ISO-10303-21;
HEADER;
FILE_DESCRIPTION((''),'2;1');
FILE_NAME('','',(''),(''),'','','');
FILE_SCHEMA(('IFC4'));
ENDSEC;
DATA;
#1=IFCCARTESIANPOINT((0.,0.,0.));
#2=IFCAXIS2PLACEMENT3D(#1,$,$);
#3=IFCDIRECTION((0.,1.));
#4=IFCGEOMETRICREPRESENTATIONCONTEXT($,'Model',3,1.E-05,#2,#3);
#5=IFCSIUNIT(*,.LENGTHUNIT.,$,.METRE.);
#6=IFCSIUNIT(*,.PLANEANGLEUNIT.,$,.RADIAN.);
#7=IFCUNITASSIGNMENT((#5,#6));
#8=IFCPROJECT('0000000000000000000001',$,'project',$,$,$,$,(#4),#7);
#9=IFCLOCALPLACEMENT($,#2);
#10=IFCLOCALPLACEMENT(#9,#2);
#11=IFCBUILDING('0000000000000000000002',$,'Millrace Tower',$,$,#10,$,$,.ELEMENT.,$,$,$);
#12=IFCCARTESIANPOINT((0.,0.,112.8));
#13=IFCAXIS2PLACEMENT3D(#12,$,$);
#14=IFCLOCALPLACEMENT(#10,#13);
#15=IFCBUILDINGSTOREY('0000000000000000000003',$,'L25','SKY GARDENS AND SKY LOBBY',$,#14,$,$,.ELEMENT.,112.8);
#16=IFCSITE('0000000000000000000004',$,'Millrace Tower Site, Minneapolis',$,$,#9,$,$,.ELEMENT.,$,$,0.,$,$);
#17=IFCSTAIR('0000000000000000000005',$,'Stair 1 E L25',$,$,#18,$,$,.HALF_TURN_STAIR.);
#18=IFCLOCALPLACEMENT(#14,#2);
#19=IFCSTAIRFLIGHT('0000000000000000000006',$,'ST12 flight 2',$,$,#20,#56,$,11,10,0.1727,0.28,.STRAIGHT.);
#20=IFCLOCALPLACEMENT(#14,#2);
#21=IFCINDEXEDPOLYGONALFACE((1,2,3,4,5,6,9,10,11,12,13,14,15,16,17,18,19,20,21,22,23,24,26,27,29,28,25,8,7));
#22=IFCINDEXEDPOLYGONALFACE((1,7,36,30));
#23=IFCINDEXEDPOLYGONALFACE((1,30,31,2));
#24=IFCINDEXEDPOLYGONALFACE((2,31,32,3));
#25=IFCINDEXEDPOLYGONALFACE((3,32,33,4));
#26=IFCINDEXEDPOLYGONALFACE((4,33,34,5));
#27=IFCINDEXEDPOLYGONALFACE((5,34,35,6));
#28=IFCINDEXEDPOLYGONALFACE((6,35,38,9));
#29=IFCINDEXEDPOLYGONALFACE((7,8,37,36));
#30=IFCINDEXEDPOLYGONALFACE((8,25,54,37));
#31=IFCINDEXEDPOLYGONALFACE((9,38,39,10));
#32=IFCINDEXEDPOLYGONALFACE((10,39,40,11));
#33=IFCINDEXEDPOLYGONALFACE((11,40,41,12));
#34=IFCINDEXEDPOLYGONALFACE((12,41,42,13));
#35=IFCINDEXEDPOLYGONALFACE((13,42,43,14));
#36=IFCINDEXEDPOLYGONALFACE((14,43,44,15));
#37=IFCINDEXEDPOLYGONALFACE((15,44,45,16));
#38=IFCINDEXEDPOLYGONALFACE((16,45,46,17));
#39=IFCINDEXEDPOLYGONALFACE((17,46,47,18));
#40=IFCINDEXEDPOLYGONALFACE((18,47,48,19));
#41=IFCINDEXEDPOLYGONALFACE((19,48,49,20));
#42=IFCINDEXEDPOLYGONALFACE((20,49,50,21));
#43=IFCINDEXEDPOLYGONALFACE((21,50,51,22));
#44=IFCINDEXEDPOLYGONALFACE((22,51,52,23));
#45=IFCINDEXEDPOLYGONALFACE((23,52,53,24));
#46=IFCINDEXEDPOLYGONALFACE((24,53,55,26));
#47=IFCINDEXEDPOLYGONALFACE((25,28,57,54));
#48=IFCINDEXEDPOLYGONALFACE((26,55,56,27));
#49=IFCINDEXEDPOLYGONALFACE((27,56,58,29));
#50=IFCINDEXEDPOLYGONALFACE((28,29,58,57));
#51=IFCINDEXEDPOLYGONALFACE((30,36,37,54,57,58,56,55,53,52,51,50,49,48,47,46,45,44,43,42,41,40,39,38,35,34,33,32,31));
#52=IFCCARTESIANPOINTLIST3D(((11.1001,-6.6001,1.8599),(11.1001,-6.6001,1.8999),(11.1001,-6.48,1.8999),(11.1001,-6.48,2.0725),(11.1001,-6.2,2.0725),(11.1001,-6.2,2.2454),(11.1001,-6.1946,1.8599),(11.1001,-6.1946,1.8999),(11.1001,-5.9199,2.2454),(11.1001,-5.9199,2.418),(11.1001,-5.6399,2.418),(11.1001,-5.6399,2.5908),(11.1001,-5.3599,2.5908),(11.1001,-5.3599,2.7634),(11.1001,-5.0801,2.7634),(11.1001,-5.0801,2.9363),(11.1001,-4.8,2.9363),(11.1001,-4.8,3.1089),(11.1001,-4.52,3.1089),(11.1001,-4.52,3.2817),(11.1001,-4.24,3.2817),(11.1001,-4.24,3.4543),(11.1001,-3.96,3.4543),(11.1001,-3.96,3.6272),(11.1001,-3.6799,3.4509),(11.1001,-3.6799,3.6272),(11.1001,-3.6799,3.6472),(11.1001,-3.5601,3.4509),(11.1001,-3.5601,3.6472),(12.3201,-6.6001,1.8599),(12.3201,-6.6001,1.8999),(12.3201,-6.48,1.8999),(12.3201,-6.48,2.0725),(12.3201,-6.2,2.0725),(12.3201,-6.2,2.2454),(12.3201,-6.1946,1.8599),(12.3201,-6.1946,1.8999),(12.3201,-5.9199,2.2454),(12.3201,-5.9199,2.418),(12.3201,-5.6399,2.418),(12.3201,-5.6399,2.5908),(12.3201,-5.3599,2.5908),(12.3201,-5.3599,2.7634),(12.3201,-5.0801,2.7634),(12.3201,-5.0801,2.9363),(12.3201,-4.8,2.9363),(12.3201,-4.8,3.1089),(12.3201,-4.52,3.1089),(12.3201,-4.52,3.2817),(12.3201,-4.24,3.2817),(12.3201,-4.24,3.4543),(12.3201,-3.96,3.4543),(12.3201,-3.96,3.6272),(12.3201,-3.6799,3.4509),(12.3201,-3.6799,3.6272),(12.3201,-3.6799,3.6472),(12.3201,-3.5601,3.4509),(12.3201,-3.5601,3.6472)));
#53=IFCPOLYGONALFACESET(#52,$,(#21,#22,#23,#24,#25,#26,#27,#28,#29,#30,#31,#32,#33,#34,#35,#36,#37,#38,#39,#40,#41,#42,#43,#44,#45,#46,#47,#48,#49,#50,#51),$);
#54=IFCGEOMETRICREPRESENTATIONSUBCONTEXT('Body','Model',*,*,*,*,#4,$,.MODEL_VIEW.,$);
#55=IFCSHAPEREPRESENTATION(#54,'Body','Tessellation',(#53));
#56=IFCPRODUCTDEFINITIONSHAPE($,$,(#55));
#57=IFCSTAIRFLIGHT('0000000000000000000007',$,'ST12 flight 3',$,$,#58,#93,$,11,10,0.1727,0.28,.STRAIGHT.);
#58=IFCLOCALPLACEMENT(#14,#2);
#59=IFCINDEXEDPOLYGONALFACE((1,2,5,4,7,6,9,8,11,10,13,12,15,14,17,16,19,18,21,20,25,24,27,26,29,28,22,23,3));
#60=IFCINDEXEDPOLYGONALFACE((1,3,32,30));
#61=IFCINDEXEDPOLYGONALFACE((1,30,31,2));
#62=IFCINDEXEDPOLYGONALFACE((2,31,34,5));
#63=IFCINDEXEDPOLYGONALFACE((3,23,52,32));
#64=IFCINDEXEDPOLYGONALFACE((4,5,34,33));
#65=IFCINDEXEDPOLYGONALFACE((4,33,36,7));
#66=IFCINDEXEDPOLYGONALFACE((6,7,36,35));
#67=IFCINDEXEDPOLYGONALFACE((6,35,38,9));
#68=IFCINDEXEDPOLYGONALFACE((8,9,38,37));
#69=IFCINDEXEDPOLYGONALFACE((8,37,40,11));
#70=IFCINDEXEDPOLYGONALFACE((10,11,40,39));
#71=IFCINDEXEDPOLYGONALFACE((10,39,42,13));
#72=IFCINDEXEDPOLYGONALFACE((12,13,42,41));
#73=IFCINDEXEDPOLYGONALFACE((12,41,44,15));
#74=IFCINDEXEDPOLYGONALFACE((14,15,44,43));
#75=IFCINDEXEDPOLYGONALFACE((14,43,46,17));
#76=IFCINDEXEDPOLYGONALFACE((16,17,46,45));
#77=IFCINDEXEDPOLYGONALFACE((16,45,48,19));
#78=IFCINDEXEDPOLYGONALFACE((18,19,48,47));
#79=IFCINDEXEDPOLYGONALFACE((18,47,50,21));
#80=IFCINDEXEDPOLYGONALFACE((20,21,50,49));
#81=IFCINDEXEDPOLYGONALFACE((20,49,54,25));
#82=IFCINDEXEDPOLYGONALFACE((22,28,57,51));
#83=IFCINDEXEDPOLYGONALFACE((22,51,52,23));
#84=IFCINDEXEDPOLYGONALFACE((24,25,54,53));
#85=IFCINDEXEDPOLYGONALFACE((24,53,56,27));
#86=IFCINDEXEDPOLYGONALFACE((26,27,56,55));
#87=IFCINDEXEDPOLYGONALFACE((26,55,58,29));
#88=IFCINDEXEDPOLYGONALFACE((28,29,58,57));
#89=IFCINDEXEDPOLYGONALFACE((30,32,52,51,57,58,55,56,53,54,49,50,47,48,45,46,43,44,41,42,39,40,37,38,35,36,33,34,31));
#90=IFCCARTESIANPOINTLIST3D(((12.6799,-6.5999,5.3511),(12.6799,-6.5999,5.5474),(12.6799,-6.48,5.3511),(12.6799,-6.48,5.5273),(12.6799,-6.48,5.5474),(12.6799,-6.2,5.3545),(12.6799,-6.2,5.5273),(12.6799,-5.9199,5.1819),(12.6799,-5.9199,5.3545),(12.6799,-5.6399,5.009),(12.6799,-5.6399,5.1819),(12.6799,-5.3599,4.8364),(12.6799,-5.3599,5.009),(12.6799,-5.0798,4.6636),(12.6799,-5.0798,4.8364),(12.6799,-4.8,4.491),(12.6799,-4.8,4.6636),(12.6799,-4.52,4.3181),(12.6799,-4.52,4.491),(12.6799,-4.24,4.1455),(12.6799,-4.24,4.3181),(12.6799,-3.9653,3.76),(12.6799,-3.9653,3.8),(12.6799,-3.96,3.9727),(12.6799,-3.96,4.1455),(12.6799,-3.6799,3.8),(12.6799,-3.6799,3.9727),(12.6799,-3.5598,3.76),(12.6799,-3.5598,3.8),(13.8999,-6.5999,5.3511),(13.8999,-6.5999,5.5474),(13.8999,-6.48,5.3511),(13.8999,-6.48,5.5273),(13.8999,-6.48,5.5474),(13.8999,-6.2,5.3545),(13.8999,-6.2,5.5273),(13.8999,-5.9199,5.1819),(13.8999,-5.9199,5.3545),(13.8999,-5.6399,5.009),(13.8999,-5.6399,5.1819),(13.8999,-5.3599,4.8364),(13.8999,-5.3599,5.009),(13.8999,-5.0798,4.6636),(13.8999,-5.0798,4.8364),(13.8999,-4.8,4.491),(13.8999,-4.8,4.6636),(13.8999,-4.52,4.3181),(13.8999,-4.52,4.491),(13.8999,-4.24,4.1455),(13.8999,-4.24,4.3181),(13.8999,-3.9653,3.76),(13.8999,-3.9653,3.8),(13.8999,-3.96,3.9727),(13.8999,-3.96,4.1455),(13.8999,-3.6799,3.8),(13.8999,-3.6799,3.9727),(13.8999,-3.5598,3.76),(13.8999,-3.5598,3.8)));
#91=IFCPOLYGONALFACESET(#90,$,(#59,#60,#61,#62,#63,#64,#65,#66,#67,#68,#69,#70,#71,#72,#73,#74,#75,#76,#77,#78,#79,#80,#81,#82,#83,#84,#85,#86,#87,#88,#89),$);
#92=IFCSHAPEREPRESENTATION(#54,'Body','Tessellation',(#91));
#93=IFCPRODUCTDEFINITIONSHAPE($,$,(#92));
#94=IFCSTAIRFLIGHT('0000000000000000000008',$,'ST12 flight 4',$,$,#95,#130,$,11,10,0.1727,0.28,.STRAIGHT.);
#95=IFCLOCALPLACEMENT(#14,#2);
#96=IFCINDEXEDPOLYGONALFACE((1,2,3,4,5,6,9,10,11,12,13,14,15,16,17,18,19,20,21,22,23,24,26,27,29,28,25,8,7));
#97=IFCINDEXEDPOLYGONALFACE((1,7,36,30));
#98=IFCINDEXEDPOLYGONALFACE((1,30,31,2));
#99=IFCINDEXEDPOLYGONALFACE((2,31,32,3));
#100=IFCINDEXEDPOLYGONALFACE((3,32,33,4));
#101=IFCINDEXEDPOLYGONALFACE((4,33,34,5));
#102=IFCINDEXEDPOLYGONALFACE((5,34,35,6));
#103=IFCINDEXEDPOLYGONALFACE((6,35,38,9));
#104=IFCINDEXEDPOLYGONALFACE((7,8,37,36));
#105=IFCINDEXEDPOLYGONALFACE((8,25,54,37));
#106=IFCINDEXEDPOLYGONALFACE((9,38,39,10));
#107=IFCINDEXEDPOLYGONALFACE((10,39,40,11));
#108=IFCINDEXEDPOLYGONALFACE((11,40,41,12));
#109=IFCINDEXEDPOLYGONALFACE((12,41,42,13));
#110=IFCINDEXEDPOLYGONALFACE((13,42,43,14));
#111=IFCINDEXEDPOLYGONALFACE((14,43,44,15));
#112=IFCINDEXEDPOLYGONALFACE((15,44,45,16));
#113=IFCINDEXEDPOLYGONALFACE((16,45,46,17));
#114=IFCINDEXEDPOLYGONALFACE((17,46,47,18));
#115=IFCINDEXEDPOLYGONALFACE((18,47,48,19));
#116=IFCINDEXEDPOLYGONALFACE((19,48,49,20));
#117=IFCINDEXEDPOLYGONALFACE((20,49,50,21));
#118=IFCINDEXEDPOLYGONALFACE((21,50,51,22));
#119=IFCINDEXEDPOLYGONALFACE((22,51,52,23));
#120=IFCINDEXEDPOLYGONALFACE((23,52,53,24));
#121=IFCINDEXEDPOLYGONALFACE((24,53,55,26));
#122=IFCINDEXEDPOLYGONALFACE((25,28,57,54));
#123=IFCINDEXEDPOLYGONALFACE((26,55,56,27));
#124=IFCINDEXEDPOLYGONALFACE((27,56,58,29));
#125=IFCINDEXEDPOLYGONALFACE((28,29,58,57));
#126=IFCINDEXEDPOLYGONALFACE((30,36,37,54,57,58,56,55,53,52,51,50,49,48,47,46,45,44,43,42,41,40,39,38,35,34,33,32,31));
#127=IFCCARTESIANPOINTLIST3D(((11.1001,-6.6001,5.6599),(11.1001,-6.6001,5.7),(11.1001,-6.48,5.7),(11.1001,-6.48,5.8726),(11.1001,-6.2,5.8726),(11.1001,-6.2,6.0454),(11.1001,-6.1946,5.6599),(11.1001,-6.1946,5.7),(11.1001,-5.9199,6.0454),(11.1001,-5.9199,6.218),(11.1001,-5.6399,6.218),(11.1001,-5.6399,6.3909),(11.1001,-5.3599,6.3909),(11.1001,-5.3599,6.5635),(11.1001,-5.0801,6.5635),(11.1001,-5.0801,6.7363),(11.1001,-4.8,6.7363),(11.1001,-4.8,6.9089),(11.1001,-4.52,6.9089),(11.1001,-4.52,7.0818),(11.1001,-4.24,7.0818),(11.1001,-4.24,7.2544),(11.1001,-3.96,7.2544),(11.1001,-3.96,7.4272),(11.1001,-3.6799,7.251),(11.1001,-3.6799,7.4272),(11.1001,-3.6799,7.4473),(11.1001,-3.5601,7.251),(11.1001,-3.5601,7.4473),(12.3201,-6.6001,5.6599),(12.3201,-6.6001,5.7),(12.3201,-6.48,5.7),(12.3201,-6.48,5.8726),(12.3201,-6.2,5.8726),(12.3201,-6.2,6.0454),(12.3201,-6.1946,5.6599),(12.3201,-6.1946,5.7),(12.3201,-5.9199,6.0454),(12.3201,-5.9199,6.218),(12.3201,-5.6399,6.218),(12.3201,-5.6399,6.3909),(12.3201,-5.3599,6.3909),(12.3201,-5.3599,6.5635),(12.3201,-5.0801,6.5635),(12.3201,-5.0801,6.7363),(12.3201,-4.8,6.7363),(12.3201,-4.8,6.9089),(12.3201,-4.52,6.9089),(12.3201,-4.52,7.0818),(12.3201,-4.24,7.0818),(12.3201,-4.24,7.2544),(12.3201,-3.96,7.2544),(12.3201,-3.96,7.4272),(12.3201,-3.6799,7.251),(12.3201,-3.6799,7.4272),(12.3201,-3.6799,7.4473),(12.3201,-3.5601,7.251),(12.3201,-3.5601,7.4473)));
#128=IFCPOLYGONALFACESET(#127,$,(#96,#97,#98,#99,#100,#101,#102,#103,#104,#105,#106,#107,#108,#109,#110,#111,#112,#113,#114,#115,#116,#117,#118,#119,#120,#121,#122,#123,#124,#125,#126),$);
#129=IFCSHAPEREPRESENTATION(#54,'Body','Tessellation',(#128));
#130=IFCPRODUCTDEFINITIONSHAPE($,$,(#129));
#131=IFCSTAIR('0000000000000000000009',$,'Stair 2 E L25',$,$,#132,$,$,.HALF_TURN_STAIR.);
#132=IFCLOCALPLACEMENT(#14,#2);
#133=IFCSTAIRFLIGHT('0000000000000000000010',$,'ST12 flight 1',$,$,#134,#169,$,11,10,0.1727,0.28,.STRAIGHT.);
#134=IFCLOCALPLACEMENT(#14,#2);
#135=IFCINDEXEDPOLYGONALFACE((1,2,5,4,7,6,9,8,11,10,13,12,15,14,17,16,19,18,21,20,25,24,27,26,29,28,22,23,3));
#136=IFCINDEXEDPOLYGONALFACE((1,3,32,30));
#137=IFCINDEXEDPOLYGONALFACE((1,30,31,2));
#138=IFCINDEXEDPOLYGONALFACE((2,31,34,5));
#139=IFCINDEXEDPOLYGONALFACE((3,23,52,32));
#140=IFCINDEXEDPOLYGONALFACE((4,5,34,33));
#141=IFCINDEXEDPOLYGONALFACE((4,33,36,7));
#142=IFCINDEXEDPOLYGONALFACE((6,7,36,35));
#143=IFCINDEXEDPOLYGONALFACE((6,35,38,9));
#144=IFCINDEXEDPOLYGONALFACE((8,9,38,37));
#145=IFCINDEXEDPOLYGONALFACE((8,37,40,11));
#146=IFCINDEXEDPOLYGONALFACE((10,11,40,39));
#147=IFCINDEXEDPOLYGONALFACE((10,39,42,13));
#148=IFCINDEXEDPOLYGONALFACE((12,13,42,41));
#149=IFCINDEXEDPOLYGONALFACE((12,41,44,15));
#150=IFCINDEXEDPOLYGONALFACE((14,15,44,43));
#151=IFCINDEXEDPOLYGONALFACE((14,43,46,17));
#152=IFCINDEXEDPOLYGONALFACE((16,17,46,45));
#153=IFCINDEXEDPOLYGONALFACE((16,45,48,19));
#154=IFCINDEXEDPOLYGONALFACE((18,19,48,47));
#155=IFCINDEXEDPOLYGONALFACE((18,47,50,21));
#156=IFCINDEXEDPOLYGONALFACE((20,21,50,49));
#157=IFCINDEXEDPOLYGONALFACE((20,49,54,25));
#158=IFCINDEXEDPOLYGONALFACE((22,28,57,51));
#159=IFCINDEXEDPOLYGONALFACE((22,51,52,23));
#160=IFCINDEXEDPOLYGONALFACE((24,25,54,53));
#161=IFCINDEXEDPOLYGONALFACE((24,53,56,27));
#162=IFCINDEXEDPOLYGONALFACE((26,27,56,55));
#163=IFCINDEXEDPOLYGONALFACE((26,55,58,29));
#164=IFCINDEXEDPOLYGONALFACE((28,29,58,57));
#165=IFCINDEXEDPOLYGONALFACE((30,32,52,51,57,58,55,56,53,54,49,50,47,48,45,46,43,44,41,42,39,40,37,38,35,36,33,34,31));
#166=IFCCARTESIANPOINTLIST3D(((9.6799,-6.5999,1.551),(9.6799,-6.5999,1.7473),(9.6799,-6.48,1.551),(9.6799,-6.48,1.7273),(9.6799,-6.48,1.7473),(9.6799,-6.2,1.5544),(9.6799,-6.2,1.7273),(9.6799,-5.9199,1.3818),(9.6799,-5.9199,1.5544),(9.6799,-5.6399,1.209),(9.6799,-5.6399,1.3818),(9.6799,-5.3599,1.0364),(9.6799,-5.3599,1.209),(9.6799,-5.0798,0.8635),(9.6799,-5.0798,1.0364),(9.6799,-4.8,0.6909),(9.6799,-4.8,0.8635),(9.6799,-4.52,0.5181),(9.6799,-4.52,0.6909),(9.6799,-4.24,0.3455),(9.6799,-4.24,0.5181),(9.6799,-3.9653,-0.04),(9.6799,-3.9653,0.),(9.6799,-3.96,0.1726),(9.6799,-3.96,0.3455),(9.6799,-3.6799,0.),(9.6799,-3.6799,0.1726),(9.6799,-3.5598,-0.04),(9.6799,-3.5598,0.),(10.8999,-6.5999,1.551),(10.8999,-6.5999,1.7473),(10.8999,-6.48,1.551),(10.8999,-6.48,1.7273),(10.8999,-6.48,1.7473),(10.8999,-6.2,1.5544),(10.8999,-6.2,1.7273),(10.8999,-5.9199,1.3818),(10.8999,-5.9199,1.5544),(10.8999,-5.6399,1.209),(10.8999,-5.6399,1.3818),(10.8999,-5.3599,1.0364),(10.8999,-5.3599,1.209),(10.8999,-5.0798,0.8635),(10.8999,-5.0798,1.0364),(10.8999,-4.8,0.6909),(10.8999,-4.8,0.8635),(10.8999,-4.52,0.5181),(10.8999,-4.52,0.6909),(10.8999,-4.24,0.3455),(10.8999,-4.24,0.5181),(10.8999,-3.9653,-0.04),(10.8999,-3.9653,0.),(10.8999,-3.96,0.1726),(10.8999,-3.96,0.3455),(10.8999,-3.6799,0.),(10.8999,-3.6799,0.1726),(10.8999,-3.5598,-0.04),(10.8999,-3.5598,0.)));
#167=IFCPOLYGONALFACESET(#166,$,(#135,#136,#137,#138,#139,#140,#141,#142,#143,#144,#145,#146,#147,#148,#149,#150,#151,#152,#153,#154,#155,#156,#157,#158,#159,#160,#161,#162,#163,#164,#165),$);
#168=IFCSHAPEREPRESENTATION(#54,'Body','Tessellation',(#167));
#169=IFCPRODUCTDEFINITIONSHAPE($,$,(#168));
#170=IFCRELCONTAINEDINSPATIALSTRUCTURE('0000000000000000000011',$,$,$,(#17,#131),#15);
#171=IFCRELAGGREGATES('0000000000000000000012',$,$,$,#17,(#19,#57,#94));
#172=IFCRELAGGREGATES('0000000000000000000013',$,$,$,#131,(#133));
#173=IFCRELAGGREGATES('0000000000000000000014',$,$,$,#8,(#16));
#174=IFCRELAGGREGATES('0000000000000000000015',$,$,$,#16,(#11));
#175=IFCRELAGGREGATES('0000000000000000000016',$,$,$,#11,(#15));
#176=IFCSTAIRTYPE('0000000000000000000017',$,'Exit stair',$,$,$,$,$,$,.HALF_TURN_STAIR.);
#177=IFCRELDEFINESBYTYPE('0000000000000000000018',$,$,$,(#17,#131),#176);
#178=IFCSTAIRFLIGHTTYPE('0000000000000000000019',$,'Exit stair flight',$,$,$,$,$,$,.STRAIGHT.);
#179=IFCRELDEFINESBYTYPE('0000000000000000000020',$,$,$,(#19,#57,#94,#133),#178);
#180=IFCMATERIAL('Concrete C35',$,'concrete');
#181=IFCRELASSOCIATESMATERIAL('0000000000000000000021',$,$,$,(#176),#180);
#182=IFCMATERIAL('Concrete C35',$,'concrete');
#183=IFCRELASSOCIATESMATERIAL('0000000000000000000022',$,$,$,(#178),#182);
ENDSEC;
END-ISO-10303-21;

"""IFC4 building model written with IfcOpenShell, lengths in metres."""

from ifc_helpers import new_model, si_unit, direction, frame, origin, place, context, subcontext, project, spatial, polyline, outline, extrude, material, type_object, element, aggregate, save


model = new_model("IFC4")

# Units and contexts
model_context = context("Model", 3, precision=1e-05, world=origin(), true_north=direction((0.0, 1.0)))
body_context = subcontext(model_context, "Body", "Model", "MODEL_VIEW")
ifc_project = project(units=[si_unit("LENGTHUNIT", "METRE"), si_unit("PLANEANGLEUNIT", "RADIAN")], contexts=[model_context])

# Site, building, storey
site_placement = place(None, origin())
site = spatial("IfcSite", under=ifc_project, at=site_placement, Name="Millrace Tower Site, Minneapolis", CompositionType="ELEMENT", RefElevation=0.0)
building_placement = place(site_placement, origin())
building = spatial("IfcBuilding", under=site, at=building_placement, Name="Millrace Tower", CompositionType="ELEMENT")
storey_placement = place(building_placement, frame((0.0, 0.0, 112.8)))
storey = spatial("IfcBuildingStorey", under=building, at=storey_placement, Name="L25", Description="SKY GARDENS AND SKY LOBBY", CompositionType="ELEMENT", Elevation=112.8)

# Shared definitions
placement = place(storey_placement, origin())

# Stairs, stair flights
ifc_material_1 = material(Name="Concrete C35", Category="concrete")
stair_type = type_object("IfcStairType", Name="Exit stair", PredefinedType="HALF_TURN_STAIR", material=ifc_material_1)
stair_1 = element("IfcStair", 1, at=placement, inside=storey, type_object=stair_type, Name="Stair 1 E L25", PredefinedType="HALF_TURN_STAIR")
ifc_material_2 = material(Name="Concrete C35", Category="concrete")
stair_flight_type = type_object("IfcStairFlightType", Name="Exit stair flight", PredefinedType="STRAIGHT", material=ifc_material_2)
stair_flight_1_placement = place(storey_placement, frame((11.71, -6.48, 1.8999), z_axis=(0.0, 0.0, 1.0), x_axis=(0.0, 1.0, 0.0)))
stair_flight_1 = element("IfcStairFlight", 2, at=stair_flight_1_placement, type_object=stair_flight_type, Name="ST12 flight 2", NumberOfRisers=11, NumberOfTreads=10, PredefinedType="STRAIGHT", RiserHeight=0.1727, TreadLength=0.28, context=body_context, shape_type="SweptSolid", body=[
    extrude(outline(polyline([(-0.1201, -0.04), (-0.1201, 0.0), (0.0, 0.0), (0.0, 0.1726), (0.28, 0.1726), (0.28, 0.3455), (0.5601, 0.3455), (0.5601, 0.5181), (0.8401, 0.5181), (0.8401, 0.6909), (1.1201, 0.6909), (1.1201, 0.8635), (1.3999, 0.8635), (1.3999, 1.0364), (1.6799, 1.0364), (1.6799, 1.209), (1.96, 1.209), (1.96, 1.3818), (2.24, 1.3818), (2.24, 1.5544), (2.52, 1.5544), (2.52, 1.7273), (2.8, 1.7273), (2.8, 1.7473), (2.9199, 1.7473), (2.9199, 1.551), (2.8, 1.551), (0.2854, 0.0), (0.2854, -0.04), (-0.1201, -0.04)])), frame((0.0, 0.6099, 0.0), z_axis=(0.0, -1.0, 0.0), x_axis=(1.0, 0.0, 0.0)), (0.0, 0.0, 1.0), 1.22),
])
stair_flight_2_placement = place(storey_placement, frame((13.29, -3.6799, 3.8), z_axis=(0.0, 0.0, 1.0), x_axis=(0.0, -1.0, 0.0)))
stair_flight_2 = element("IfcStairFlight", 3, at=stair_flight_2_placement, type_object=stair_flight_type, Name="ST12 flight 3", NumberOfRisers=11, NumberOfTreads=10, PredefinedType="STRAIGHT", RiserHeight=0.1727, TreadLength=0.28, context=body_context, shape_type="SweptSolid", body=[
    extrude(outline(polyline([(-0.1201, -0.04), (-0.1201, 0.0), (0.0, 0.0), (0.0, 0.1726), (0.28, 0.1726), (0.28, 0.3455), (0.5601, 0.3455), (0.5601, 0.5181), (0.8401, 0.5181), (0.8401, 0.6909), (1.1201, 0.6909), (1.1201, 0.8635), (1.3999, 0.8635), (1.3999, 1.0364), (1.6799, 1.0364), (1.6799, 1.209), (1.96, 1.209), (1.96, 1.3818), (2.24, 1.3818), (2.24, 1.5544), (2.52, 1.5544), (2.52, 1.7273), (2.8, 1.7273), (2.8, 1.7473), (2.9199, 1.7473), (2.9199, 1.551), (2.8, 1.551), (0.2854, 0.0), (0.2854, -0.04), (-0.1201, -0.04)])), frame((0.0, 0.6099, 0.0), z_axis=(0.0, -1.0, 0.0), x_axis=(1.0, 0.0, 0.0)), (0.0, 0.0, 1.0), 1.22),
])
stair_flight_3_placement = place(storey_placement, frame((11.71, -6.48, 5.7), z_axis=(0.0, 0.0, 1.0), x_axis=(0.0, 1.0, 0.0)))
stair_flight_3 = element("IfcStairFlight", 4, at=stair_flight_3_placement, type_object=stair_flight_type, Name="ST12 flight 4", NumberOfRisers=11, NumberOfTreads=10, PredefinedType="STRAIGHT", RiserHeight=0.1727, TreadLength=0.28, context=body_context, shape_type="SweptSolid", body=[
    extrude(outline(polyline([(-0.1201, -0.04), (-0.1201, 0.0), (0.0, 0.0), (0.0, 0.1726), (0.28, 0.1726), (0.28, 0.3455), (0.5601, 0.3455), (0.5601, 0.5181), (0.8401, 0.5181), (0.8401, 0.6909), (1.1201, 0.6909), (1.1201, 0.8635), (1.3999, 0.8635), (1.3999, 1.0364), (1.6799, 1.0364), (1.6799, 1.209), (1.96, 1.209), (1.96, 1.3818), (2.24, 1.3818), (2.24, 1.5544), (2.52, 1.5544), (2.52, 1.7273), (2.8, 1.7273), (2.8, 1.7473), (2.9199, 1.7473), (2.9199, 1.551), (2.8, 1.551), (0.2854, 0.0), (0.2854, -0.04), (-0.1201, -0.04)])), frame((0.0, 0.6099, 0.0), z_axis=(0.0, -1.0, 0.0), x_axis=(1.0, 0.0, 0.0)), (0.0, 0.0, 1.0), 1.22),
])
aggregate(stair_1, [stair_flight_1, stair_flight_2, stair_flight_3])
stair_2 = element("IfcStair", 5, at=placement, inside=storey, type_object=stair_type, Name="Stair 2 E L25", PredefinedType="HALF_TURN_STAIR")
stair_flight_4_placement = place(storey_placement, frame((10.29, -3.6799, 0.0), z_axis=(0.0, 0.0, 1.0), x_axis=(0.0, -1.0, 0.0)))
stair_flight_4 = element("IfcStairFlight", 6, at=stair_flight_4_placement, type_object=stair_flight_type, Name="ST12 flight 1", NumberOfRisers=11, NumberOfTreads=10, PredefinedType="STRAIGHT", RiserHeight=0.1727, TreadLength=0.28, context=body_context, shape_type="SweptSolid", body=[
    extrude(outline(polyline([(-0.1201, -0.04), (-0.1201, 0.0), (0.0, 0.0), (0.0, 0.1726), (0.28, 0.1726), (0.28, 0.3455), (0.5601, 0.3455), (0.5601, 0.5181), (0.8401, 0.5181), (0.8401, 0.6909), (1.1201, 0.6909), (1.1201, 0.8635), (1.3999, 0.8635), (1.3999, 1.0364), (1.6799, 1.0364), (1.6799, 1.209), (1.96, 1.209), (1.96, 1.3818), (2.24, 1.3818), (2.24, 1.5544), (2.52, 1.5544), (2.52, 1.7273), (2.8, 1.7273), (2.8, 1.7473), (2.9199, 1.7473), (2.9199, 1.551), (2.8, 1.551), (0.2854, 0.0), (0.2854, -0.04), (-0.1201, -0.04)])), frame((0.0, 0.6099, 0.0), z_axis=(0.0, -1.0, 0.0), x_axis=(1.0, 0.0, 0.0)), (0.0, 0.0, 1.0), 1.22),
])
aggregate(stair_2, [stair_flight_4])

save(model, "model.ifc")
